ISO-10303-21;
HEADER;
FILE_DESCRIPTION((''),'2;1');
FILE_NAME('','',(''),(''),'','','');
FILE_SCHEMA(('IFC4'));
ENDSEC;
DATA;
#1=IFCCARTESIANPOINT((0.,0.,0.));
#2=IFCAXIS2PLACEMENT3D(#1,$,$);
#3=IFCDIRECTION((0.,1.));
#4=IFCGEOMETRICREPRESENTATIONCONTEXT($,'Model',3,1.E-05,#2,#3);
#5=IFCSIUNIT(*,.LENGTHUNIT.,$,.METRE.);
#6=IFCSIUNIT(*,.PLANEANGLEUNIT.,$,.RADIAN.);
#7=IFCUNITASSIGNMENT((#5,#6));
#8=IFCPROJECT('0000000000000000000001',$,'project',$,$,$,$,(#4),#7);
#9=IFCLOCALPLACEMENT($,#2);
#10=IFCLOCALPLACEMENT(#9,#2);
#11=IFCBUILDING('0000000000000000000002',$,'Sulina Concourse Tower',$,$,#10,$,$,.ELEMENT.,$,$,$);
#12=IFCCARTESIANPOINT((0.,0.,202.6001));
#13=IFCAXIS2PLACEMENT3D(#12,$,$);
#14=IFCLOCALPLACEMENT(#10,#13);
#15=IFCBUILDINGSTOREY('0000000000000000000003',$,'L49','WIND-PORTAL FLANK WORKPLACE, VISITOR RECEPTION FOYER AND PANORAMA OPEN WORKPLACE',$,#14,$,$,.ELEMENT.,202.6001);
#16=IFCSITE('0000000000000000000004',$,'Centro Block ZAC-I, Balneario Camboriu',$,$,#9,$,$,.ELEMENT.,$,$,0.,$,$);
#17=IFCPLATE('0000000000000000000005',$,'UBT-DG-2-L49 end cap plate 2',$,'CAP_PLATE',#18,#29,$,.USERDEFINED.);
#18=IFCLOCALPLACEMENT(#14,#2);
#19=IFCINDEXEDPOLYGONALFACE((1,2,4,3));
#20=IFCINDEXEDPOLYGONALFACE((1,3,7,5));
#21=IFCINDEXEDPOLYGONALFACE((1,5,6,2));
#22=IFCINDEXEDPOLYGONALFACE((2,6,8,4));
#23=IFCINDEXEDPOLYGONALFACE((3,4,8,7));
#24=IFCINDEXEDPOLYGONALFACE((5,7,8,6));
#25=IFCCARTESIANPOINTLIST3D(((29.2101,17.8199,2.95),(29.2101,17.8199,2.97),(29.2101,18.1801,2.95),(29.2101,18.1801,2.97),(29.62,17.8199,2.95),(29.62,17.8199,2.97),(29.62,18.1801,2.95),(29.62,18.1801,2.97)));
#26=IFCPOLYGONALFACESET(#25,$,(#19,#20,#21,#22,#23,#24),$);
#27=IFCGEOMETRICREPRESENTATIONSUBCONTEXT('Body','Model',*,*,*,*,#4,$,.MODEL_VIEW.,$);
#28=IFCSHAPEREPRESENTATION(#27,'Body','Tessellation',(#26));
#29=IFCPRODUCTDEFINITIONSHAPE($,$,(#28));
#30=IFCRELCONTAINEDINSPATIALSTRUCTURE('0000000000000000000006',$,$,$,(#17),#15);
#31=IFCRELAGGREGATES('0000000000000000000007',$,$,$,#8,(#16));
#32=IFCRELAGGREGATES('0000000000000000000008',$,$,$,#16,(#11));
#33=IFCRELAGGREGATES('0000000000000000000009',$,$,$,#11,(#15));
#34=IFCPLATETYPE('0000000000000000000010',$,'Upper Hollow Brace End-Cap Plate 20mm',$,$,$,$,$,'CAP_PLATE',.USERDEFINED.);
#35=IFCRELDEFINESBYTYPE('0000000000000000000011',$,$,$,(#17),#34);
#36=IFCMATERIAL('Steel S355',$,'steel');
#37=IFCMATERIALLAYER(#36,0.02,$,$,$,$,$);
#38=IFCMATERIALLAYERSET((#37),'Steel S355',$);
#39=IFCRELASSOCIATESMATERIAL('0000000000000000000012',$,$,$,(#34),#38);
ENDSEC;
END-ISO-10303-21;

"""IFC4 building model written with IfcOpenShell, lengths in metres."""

from ifc_helpers import new_model, si_unit, direction, frame, origin, origin_2d, place, context, subcontext, project, spatial, rectangle, extrude, material, layer, layer_set, type_object, element, save


model = new_model("IFC4")

# Units and contexts
model_context = context("Model", 3, precision=1e-05, world=origin(), true_north=direction((0.0, 1.0)))
body_context = subcontext(model_context, "Body", "Model", "MODEL_VIEW")
ifc_project = project(units=[si_unit("LENGTHUNIT", "METRE"), si_unit("PLANEANGLEUNIT", "RADIAN")], contexts=[model_context])

# Site, building, storey
site_placement = place(None, origin())
site = spatial("IfcSite", under=ifc_project, at=site_placement, Name="Centro Block ZAC-I, Balneario Camboriu", CompositionType="ELEMENT", RefElevation=0.0)
building_placement = place(site_placement, origin())
building = spatial("IfcBuilding", under=site, at=building_placement, Name="Sulina Concourse Tower", CompositionType="ELEMENT")
storey_placement = place(building_placement, frame((0.0, 0.0, 202.6001)))
storey = spatial("IfcBuildingStorey", under=building, at=storey_placement, Name="L49", Description="WIND-PORTAL FLANK WORKPLACE, VISITOR RECEPTION FOYER AND PANORAMA OPEN WORKPLACE", CompositionType="ELEMENT", Elevation=202.6001)

# Plate
ifc_material_1 = material(Name="Steel S355", Category="steel")
ifc_layer_1 = layer(ifc_material_1, 0.02)
ifc_layer_set_1 = layer_set([ifc_layer_1], Name="Steel S355")
plate_type_1 = type_object("IfcPlateType", Name="Upper Hollow Brace End-Cap Plate 20mm", ElementType="CAP_PLATE", PredefinedType="USERDEFINED", material=ifc_layer_set_1)
for number, where, z_axis, x_axis, name in (
    (1, (29.415, 18.0, 2.95), (0.0, 0.0, 1.0), (1.0, 0.0, 0.0), "UBT-DG-2-L49 end cap plate 2"),
):
    element("IfcPlate", number, at=place(storey_placement, frame(where, z_axis=z_axis, x_axis=x_axis)), inside=storey, type_object=plate_type_1, Name=name, ObjectType="CAP_PLATE", PredefinedType="USERDEFINED", context=body_context, shape_type="SweptSolid", body=[
        extrude(rectangle(XDim=0.4099, YDim=0.3601, at=origin_2d()), origin(), (0.0, 0.0, 1.0), 0.02),
    ])

save(model, "model.ifc")
